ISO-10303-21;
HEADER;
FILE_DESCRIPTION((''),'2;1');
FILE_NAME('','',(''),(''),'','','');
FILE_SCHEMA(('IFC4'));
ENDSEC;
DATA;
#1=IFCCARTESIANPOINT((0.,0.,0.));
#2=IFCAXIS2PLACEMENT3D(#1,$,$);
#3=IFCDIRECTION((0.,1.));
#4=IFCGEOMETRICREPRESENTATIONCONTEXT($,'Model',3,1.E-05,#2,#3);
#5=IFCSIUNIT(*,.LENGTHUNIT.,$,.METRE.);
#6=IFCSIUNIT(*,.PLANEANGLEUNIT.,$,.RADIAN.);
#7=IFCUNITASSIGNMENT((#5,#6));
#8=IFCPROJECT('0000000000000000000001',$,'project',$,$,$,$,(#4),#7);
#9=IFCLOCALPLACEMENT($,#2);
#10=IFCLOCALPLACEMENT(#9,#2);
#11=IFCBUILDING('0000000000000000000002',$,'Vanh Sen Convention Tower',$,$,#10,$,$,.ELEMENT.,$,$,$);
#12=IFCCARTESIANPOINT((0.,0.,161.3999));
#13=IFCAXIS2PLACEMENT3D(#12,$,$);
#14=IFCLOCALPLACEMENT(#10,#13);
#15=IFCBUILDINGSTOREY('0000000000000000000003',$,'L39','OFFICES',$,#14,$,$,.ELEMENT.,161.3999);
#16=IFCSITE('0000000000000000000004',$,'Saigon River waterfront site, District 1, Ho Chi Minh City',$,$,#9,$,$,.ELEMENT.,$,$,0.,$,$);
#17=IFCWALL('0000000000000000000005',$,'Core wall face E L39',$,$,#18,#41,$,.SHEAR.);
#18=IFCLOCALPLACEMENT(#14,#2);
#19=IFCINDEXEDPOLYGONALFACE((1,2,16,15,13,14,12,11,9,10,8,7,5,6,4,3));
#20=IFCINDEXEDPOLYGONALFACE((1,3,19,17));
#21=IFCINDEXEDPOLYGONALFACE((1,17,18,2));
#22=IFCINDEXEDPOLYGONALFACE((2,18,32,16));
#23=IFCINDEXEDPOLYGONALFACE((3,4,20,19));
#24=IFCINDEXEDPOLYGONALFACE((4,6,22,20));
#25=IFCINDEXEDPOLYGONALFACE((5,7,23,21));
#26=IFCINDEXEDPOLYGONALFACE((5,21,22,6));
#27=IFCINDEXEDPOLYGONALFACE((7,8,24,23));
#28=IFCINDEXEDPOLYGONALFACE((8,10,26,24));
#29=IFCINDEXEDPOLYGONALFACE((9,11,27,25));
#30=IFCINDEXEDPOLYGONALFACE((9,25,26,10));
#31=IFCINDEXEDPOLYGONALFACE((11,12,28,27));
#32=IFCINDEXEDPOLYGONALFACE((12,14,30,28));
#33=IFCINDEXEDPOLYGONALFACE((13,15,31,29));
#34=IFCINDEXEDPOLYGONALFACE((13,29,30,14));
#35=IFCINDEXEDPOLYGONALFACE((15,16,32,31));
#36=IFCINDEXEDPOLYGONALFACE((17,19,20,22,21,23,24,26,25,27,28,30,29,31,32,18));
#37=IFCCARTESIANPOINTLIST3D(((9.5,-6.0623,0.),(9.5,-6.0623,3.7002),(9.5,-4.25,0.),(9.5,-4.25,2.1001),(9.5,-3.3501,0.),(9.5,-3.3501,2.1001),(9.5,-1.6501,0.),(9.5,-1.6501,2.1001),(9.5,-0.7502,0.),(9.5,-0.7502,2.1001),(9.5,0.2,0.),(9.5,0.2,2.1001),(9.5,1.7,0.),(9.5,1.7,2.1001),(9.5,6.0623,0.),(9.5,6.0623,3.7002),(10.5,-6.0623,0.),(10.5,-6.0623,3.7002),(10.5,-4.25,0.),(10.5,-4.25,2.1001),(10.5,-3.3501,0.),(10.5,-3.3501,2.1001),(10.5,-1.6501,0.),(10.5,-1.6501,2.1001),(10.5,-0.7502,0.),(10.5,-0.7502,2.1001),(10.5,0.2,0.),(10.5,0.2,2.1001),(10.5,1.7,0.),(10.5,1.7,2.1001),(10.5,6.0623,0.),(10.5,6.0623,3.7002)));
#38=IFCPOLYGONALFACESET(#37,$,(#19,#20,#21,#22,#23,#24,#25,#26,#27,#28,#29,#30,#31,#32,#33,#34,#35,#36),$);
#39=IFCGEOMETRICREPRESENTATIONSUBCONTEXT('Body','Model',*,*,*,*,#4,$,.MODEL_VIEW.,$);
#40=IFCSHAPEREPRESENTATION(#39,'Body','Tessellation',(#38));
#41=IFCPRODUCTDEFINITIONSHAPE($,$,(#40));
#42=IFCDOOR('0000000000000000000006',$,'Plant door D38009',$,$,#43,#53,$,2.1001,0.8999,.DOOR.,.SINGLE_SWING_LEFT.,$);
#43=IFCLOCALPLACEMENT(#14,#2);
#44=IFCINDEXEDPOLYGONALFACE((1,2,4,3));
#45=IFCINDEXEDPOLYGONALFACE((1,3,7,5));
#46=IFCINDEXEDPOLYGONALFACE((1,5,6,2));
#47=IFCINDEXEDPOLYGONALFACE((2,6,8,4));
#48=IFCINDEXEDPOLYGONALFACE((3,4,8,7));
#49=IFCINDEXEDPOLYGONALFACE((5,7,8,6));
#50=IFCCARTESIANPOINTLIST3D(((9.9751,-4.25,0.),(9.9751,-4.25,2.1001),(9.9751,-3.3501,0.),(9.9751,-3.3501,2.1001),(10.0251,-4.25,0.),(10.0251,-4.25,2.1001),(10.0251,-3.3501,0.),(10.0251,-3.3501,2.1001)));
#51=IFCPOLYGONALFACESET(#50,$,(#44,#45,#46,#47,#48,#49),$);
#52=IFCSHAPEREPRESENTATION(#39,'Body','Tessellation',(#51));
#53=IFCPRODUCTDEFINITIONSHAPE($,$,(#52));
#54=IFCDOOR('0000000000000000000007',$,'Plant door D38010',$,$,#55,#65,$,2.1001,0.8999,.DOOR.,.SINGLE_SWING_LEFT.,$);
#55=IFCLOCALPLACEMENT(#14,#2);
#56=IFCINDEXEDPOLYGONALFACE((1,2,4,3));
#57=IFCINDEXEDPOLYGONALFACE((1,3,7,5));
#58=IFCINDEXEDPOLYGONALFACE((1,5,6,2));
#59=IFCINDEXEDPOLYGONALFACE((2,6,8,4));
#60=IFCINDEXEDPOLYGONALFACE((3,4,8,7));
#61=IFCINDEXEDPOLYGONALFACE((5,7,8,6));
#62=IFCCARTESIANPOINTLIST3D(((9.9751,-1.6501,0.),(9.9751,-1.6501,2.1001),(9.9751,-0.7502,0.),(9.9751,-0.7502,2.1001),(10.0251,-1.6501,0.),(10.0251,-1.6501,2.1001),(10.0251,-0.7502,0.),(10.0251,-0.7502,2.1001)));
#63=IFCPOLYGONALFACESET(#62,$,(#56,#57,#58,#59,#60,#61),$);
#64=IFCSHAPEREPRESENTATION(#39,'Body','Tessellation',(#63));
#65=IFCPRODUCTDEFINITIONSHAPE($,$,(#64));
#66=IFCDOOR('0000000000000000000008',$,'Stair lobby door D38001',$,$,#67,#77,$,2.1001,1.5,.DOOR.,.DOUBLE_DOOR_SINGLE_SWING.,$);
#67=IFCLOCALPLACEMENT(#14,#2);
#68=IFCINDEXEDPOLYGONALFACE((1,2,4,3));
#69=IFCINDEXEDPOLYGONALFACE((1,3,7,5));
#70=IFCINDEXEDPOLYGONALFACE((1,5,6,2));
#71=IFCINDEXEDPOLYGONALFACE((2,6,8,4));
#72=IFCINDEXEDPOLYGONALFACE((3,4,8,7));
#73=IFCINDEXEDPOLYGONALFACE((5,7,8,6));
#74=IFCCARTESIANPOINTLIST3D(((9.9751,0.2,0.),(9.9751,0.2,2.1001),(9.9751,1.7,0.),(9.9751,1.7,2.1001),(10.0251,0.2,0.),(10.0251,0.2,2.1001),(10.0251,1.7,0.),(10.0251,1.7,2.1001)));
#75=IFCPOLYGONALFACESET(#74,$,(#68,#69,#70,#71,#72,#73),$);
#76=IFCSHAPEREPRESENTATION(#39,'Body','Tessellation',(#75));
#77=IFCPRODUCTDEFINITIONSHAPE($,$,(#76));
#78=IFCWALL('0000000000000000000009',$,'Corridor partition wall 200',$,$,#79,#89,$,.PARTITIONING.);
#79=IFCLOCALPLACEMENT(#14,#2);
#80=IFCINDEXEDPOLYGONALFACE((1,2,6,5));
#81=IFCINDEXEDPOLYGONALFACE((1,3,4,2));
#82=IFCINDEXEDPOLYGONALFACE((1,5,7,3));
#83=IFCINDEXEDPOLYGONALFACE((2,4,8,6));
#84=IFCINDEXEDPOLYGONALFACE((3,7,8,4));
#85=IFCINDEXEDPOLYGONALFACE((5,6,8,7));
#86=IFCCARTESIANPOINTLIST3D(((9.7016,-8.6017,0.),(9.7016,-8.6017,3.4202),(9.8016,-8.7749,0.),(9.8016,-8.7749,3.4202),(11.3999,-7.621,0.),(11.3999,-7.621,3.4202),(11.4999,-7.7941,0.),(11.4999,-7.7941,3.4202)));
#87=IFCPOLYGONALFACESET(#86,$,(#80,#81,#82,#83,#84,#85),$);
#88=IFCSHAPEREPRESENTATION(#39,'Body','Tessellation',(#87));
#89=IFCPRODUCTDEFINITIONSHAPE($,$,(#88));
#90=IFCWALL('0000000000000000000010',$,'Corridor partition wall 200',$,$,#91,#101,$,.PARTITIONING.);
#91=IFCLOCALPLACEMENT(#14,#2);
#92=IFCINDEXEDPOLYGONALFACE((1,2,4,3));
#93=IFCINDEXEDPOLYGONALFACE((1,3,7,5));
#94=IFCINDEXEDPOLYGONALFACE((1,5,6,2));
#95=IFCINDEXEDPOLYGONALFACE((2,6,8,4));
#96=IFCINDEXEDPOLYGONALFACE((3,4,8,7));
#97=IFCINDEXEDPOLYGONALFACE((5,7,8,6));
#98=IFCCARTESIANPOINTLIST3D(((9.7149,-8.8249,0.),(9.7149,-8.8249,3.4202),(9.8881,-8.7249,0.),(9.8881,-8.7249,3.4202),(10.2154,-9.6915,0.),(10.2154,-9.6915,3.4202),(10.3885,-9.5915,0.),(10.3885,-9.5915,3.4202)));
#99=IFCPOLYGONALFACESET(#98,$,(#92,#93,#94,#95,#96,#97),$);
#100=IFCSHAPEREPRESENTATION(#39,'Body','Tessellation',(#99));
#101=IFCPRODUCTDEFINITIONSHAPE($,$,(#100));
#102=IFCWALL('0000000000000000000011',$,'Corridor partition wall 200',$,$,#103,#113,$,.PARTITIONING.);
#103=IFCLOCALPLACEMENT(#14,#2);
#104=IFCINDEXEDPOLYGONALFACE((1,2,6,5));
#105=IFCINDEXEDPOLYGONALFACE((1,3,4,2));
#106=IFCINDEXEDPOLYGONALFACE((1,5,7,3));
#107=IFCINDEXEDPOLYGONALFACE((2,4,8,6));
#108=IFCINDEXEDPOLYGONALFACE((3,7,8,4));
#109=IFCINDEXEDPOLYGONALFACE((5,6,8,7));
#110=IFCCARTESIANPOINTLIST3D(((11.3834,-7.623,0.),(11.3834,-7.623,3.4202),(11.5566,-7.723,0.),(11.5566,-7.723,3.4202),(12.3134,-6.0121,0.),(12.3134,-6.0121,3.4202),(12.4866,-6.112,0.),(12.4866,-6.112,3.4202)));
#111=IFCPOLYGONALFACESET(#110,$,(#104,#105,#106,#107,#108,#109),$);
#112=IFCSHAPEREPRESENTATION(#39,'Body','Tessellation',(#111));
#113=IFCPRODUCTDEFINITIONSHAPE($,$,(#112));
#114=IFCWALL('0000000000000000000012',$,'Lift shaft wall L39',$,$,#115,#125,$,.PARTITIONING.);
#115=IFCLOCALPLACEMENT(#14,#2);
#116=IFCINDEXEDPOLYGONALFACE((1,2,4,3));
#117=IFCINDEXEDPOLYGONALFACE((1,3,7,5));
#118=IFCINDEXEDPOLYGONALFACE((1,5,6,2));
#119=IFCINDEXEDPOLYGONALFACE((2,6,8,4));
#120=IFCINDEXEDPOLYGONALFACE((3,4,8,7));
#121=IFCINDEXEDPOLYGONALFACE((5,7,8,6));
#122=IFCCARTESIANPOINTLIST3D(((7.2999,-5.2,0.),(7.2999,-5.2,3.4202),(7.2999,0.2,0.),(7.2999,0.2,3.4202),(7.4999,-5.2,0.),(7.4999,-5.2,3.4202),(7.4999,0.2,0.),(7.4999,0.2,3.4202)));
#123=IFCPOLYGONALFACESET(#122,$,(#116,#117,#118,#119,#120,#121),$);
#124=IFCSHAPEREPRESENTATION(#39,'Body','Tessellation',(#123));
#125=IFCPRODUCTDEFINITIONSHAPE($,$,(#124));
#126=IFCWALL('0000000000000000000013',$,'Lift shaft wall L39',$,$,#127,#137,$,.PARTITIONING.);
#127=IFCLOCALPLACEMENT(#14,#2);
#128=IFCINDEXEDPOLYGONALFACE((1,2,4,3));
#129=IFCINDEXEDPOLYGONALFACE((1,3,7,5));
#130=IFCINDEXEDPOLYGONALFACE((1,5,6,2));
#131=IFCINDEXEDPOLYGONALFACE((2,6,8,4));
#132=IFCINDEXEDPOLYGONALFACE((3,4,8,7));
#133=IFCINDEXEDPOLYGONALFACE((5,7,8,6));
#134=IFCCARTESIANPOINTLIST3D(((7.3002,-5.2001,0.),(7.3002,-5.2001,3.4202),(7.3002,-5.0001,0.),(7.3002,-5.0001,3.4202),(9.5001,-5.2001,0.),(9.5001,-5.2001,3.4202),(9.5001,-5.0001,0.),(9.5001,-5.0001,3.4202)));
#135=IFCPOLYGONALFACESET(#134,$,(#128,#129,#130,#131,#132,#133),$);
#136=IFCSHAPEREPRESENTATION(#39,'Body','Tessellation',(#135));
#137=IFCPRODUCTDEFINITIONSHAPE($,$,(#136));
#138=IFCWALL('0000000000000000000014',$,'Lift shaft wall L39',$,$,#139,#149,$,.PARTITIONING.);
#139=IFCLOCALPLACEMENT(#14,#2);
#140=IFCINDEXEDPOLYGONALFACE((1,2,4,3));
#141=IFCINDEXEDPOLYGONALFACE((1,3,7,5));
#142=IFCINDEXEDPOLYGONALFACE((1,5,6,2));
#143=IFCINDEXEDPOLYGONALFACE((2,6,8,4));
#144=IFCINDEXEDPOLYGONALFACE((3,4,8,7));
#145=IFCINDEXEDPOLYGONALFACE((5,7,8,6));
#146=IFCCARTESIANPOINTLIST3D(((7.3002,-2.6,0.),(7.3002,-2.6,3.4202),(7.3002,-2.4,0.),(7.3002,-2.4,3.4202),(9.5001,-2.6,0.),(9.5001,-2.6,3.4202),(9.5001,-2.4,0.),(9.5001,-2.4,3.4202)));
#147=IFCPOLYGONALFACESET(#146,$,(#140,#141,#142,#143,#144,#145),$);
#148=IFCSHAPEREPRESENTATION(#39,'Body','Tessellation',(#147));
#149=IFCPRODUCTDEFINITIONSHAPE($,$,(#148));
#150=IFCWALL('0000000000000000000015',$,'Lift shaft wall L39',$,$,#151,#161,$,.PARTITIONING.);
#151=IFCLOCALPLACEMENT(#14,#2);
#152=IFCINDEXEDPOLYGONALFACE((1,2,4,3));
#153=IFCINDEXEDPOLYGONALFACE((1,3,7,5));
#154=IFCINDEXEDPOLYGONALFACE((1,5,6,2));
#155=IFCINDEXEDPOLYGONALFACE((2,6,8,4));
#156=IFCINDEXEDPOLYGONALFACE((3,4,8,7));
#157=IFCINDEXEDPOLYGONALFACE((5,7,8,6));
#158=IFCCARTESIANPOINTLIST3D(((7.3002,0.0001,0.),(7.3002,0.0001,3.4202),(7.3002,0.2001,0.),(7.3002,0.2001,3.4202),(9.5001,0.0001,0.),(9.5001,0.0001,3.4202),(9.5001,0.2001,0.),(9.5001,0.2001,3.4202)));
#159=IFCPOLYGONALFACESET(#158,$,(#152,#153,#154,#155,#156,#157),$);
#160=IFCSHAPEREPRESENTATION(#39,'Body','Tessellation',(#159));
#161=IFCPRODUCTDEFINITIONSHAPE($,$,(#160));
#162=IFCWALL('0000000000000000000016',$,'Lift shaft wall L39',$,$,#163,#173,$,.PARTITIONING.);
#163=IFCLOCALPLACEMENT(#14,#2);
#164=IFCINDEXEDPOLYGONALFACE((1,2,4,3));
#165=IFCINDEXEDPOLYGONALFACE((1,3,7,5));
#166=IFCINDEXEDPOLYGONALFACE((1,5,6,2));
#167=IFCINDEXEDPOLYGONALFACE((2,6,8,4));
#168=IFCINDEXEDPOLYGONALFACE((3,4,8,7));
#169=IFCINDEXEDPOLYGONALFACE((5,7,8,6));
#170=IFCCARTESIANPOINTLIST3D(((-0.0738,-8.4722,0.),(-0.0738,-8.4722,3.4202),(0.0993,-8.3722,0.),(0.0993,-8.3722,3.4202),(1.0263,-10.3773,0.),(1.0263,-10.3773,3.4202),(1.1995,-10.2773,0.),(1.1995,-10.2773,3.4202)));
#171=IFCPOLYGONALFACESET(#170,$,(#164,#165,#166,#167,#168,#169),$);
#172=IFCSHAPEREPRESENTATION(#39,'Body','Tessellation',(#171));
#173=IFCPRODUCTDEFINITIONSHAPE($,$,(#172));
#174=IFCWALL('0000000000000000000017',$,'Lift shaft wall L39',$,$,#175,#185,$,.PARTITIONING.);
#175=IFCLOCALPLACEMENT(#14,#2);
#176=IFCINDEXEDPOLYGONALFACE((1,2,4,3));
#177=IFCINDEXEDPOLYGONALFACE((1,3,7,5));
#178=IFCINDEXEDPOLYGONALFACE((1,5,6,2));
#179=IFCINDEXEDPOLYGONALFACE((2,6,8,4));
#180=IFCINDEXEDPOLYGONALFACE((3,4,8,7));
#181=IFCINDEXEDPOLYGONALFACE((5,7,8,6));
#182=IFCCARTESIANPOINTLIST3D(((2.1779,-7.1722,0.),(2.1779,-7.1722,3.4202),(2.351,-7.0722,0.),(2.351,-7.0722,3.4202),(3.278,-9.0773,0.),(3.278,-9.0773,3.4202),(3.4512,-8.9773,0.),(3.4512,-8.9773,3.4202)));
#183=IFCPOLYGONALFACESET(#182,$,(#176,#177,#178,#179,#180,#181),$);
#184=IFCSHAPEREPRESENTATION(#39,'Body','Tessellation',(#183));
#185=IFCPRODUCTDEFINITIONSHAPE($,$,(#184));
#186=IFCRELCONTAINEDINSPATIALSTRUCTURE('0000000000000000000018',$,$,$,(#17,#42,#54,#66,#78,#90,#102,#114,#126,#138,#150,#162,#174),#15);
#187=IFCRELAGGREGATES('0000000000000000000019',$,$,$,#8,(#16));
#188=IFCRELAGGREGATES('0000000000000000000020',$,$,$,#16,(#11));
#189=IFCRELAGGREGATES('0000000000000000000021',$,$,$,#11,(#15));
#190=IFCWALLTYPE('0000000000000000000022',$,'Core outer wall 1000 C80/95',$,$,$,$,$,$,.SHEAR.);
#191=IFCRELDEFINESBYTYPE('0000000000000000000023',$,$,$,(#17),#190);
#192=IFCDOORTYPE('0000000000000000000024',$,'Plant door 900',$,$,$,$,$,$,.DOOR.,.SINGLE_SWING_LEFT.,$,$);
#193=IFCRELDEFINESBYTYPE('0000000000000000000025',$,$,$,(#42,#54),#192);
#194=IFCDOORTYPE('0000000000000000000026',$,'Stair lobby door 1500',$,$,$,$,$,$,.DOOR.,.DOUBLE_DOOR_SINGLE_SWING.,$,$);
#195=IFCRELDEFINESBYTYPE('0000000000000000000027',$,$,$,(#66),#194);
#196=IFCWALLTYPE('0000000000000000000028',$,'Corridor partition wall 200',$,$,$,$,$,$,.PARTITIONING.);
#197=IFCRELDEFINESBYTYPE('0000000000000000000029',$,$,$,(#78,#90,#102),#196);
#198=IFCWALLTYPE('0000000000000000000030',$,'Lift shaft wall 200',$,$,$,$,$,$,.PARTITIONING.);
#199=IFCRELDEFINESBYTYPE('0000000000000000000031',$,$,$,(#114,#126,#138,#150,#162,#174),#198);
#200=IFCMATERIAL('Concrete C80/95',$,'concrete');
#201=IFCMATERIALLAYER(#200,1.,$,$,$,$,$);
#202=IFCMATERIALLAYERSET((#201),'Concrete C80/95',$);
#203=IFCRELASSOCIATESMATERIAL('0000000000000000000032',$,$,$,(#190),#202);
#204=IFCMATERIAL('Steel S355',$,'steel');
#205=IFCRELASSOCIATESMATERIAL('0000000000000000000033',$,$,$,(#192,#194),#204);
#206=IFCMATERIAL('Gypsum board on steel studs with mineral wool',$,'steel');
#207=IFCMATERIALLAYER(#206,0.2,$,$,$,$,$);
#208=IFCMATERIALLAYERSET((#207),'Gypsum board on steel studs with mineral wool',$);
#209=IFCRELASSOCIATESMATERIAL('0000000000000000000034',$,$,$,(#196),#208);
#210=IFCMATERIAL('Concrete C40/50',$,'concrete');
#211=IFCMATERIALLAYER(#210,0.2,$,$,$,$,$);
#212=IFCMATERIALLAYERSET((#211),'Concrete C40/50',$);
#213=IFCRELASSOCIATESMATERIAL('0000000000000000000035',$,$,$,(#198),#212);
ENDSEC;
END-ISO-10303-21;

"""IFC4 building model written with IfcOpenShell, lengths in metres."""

from ifc_helpers import new_model, si_unit, direction, frame, frame_2d, origin, place, context, subcontext, project, spatial, rectangle, extrude, material, layer, layer_set, type_object, element, fill, save


model = new_model("IFC4")

# Units and contexts
model_context = context("Model", 3, precision=1e-05, world=origin(), true_north=direction((0.0, 1.0)))
body_context = subcontext(model_context, "Body", "Model", "MODEL_VIEW")
ifc_project = project(units=[si_unit("LENGTHUNIT", "METRE"), si_unit("PLANEANGLEUNIT", "RADIAN")], contexts=[model_context])

# Site, building, storey
site_placement = place(None, origin())
site = spatial("IfcSite", under=ifc_project, at=site_placement, Name="Saigon River waterfront site, District 1, Ho Chi Minh City", CompositionType="ELEMENT", RefElevation=0.0)
building_placement = place(site_placement, origin())
building = spatial("IfcBuilding", under=site, at=building_placement, Name="Vanh Sen Convention Tower", CompositionType="ELEMENT")
storey_placement = place(building_placement, frame((0.0, 0.0, 161.3999)))
storey = spatial("IfcBuildingStorey", under=building, at=storey_placement, Name="L39", Description="OFFICES", CompositionType="ELEMENT", Elevation=161.3999)

# Shared definitions
ifc_material_1 = material(Name="Concrete C40/50", Category="concrete")

# Wall, openings, doors
ifc_material_2 = material(Name="Concrete C80/95", Category="concrete")
ifc_layer_1 = layer(ifc_material_2, 1.0)
ifc_layer_set_1 = layer_set([ifc_layer_1], Name="Concrete C80/95")
wall_type_1 = type_object("IfcWallType", Name="Core outer wall 1000 C80/95", PredefinedType="SHEAR", material=ifc_layer_set_1)
wall_1_placement = place(storey_placement, frame((10.0, -6.0623, 0.0), z_axis=(0.0, 0.0, 1.0), x_axis=(0.0, 1.0, 0.0)))
wall_1 = element("IfcWall", 1, at=wall_1_placement, inside=storey, type_object=wall_type_1, Name="Core wall face E L39", PredefinedType="SHEAR", context=body_context, shape_type="SweptSolid", body=[
    extrude(rectangle(XDim=12.1245, YDim=1.0, at=frame_2d((6.0623, 0.0))), origin(), (0.0, 0.0, 1.0), 3.7002),
])
opening_1_placement = place(wall_1_placement, frame((6.2622, 0.0, 0.0)))
opening_1 = element("IfcOpeningElement", 2, at=opening_1_placement, cuts=wall_1, PredefinedType="OPENING", context=body_context, shape_type="SweptSolid", body=[
    extrude(rectangle(XDim=1.5, YDim=2.1001, at=frame_2d((0.75, 1.05))), frame((0.0, 0.51, 0.0), z_axis=(0.0, -1.0, 0.0), x_axis=(1.0, 0.0, 0.0)), (0.0, 0.0, 1.0), 1.02),
])
opening_2_placement = place(wall_1_placement, frame((1.8123, 0.0, 0.0)))
opening_2 = element("IfcOpeningElement", 3, at=opening_2_placement, cuts=wall_1, PredefinedType="OPENING", context=body_context, shape_type="SweptSolid", body=[
    extrude(rectangle(XDim=0.8999, YDim=2.1001, at=frame_2d((0.45, 1.05))), frame((0.0, 0.51, 0.0), z_axis=(0.0, -1.0, 0.0), x_axis=(1.0, 0.0, 0.0)), (0.0, 0.0, 1.0), 1.02),
])
opening_3_placement = place(wall_1_placement, frame((4.4121, 0.0, 0.0)))
opening_3 = element("IfcOpeningElement", 4, at=opening_3_placement, cuts=wall_1, PredefinedType="OPENING", context=body_context, shape_type="SweptSolid", body=[
    extrude(rectangle(XDim=0.8999, YDim=2.1001, at=frame_2d((0.45, 1.05))), frame((0.0, 0.51, 0.0), z_axis=(0.0, -1.0, 0.0), x_axis=(1.0, 0.0, 0.0)), (0.0, 0.0, 1.0), 1.02),
])
ifc_material_3 = material(Name="Steel S355", Category="steel")
door_type_1 = type_object("IfcDoorType", Name="Plant door 900", OperationType="SINGLE_SWING_LEFT", PredefinedType="DOOR", material=ifc_material_3)
door_1_placement = place(opening_2_placement, origin())
door_1 = element("IfcDoor", 5, at=door_1_placement, inside=storey, type_object=door_type_1, Name="Plant door D38009", OperationType="SINGLE_SWING_LEFT", OverallHeight=2.1001, OverallWidth=0.8999, PredefinedType="DOOR", context=body_context, shape_type="SweptSolid", body=[
    extrude(rectangle(XDim=0.8999, YDim=2.1001, at=frame_2d((0.45, 1.05))), frame((0.0, 0.0249, 0.0), z_axis=(0.0, -1.0, 0.0), x_axis=(1.0, 0.0, 0.0)), (0.0, 0.0, 1.0), 0.05),
])
fill(opening_2, door_1)
door_2_placement = place(opening_3_placement, origin())
door_2 = element("IfcDoor", 6, at=door_2_placement, inside=storey, type_object=door_type_1, Name="Plant door D38010", OperationType="SINGLE_SWING_LEFT", OverallHeight=2.1001, OverallWidth=0.8999, PredefinedType="DOOR", context=body_context, shape_type="SweptSolid", body=[
    extrude(rectangle(XDim=0.8999, YDim=2.1001, at=frame_2d((0.45, 1.05))), frame((0.0, 0.0249, 0.0), z_axis=(0.0, -1.0, 0.0), x_axis=(1.0, 0.0, 0.0)), (0.0, 0.0, 1.0), 0.05),
])
fill(opening_3, door_2)
door_type_2 = type_object("IfcDoorType", Name="Stair lobby door 1500", OperationType="DOUBLE_DOOR_SINGLE_SWING", PredefinedType="DOOR", material=ifc_material_3)
door_3_placement = place(opening_1_placement, origin())
door_3 = element("IfcDoor", 7, at=door_3_placement, inside=storey, type_object=door_type_2, Name="Stair lobby door D38001", OperationType="DOUBLE_DOOR_SINGLE_SWING", OverallHeight=2.1001, OverallWidth=1.5, PredefinedType="DOOR", context=body_context, shape_type="SweptSolid", body=[
    extrude(rectangle(XDim=1.5, YDim=2.1001, at=frame_2d((0.75, 1.05))), frame((0.0, 0.0249, 0.0), z_axis=(0.0, -1.0, 0.0), x_axis=(1.0, 0.0, 0.0)), (0.0, 0.0, 1.0), 0.05),
])
fill(opening_1, door_3)

# Walls
ifc_material_4 = material(Name="Gypsum board on steel studs with mineral wool", Category="steel")
ifc_layer_2 = layer(ifc_material_4, 0.2)
ifc_layer_set_2 = layer_set([ifc_layer_2], Name="Gypsum board on steel studs with mineral wool")
wall_type_2 = type_object("IfcWallType", Name="Corridor partition wall 200", PredefinedType="PARTITIONING", material=ifc_layer_set_2)
wall_2_placement = place(storey_placement, frame((9.7517, -8.6882, 0.0), z_axis=(0.0, 0.0, 1.0), x_axis=(0.865974, 0.500089, 0.0)))
element("IfcWall", 8, at=wall_2_placement, inside=storey, type_object=wall_type_2, Name="Corridor partition wall 200", PredefinedType="PARTITIONING", context=body_context, shape_type="SweptSolid", body=[
    extrude(rectangle(XDim=1.9612, YDim=0.2, at=frame_2d((0.9805, 0.0))), origin(), (0.0, 0.0, 1.0), 3.4202),
])
wall_3_placement = place(storey_placement, frame((10.302, -9.6416, 0.0), z_axis=(0.0, 0.0, 1.0), x_axis=(-0.500074, 0.865982, 0.0)))
element("IfcWall", 9, at=wall_3_placement, inside=storey, type_object=wall_type_2, Name="Corridor partition wall 200", PredefinedType="PARTITIONING", context=body_context, shape_type="SweptSolid", body=[
    extrude(rectangle(XDim=1.0007, YDim=0.2, at=frame_2d((0.5005, 0.0))), origin(), (0.0, 0.0, 1.0), 3.4202),
])
wall_4_placement = place(storey_placement, frame((11.47, -7.6731, 0.0), z_axis=(0.0, 0.0, 1.0), x_axis=(0.499965, 0.866046, 0.0)))
element("IfcWall", 10, at=wall_4_placement, inside=storey, type_object=wall_type_2, Name="Corridor partition wall 200", PredefinedType="PARTITIONING", context=body_context, shape_type="SweptSolid", body=[
    extrude(rectangle(XDim=1.8601, YDim=0.2, at=frame_2d((0.9302, 0.0))), origin(), (0.0, 0.0, 1.0), 3.4202),
])
ifc_layer_3 = layer(ifc_material_1, 0.2)
ifc_layer_set_3 = layer_set([ifc_layer_3], Name="Concrete C40/50")
wall_type_3 = type_object("IfcWallType", Name="Lift shaft wall 200", PredefinedType="PARTITIONING", material=ifc_layer_set_3)
wall_5_placement = place(storey_placement, frame((7.3999, -5.2, 0.0), z_axis=(0.0, 0.0, 1.0), x_axis=(0.0, 1.0, 0.0)))
element("IfcWall", 11, at=wall_5_placement, inside=storey, type_object=wall_type_3, Name="Lift shaft wall L39", PredefinedType="PARTITIONING", context=body_context, shape_type="SweptSolid", body=[
    extrude(rectangle(XDim=5.3999, YDim=0.2, at=frame_2d((2.7, 0.0))), origin(), (0.0, 0.0, 1.0), 3.4202),
])
for number, where, z_axis, x_axis, name in (
    (12, (7.3, -5.1001, 0.0), (0.0, 0.0, 1.0), (1.0, 0.0, 0.0), "Lift shaft wall L39"),
    (13, (7.3, -2.5, 0.0), (0.0, 0.0, 1.0), (1.0, 0.0, 0.0), "Lift shaft wall L39"),
    (14, (7.3, 0.1001, 0.0), (0.0, 0.0, 1.0), (1.0, 0.0, 0.0), "Lift shaft wall L39"),
    (15, (0.0127, -8.4221, 0.0), (0.0, 0.0, 1.0), (0.500078, -0.86598, 0.0), "Lift shaft wall L39"),
    (16, (2.2644, -7.1221, 0.0), (0.0, 0.0, 1.0), (0.500078, -0.86598, 0.0), "Lift shaft wall L39"),
):
    element("IfcWall", number, at=place(storey_placement, frame(where, z_axis=z_axis, x_axis=x_axis)), inside=storey, type_object=wall_type_3, Name=name, PredefinedType="PARTITIONING", context=body_context, shape_type="SweptSolid", body=[
        extrude(rectangle(XDim=2.2, YDim=0.2, at=frame_2d((1.1001, 0.0))), origin(), (0.0, 0.0, 1.0), 3.4202),
    ])

save(model, "model.ifc")
